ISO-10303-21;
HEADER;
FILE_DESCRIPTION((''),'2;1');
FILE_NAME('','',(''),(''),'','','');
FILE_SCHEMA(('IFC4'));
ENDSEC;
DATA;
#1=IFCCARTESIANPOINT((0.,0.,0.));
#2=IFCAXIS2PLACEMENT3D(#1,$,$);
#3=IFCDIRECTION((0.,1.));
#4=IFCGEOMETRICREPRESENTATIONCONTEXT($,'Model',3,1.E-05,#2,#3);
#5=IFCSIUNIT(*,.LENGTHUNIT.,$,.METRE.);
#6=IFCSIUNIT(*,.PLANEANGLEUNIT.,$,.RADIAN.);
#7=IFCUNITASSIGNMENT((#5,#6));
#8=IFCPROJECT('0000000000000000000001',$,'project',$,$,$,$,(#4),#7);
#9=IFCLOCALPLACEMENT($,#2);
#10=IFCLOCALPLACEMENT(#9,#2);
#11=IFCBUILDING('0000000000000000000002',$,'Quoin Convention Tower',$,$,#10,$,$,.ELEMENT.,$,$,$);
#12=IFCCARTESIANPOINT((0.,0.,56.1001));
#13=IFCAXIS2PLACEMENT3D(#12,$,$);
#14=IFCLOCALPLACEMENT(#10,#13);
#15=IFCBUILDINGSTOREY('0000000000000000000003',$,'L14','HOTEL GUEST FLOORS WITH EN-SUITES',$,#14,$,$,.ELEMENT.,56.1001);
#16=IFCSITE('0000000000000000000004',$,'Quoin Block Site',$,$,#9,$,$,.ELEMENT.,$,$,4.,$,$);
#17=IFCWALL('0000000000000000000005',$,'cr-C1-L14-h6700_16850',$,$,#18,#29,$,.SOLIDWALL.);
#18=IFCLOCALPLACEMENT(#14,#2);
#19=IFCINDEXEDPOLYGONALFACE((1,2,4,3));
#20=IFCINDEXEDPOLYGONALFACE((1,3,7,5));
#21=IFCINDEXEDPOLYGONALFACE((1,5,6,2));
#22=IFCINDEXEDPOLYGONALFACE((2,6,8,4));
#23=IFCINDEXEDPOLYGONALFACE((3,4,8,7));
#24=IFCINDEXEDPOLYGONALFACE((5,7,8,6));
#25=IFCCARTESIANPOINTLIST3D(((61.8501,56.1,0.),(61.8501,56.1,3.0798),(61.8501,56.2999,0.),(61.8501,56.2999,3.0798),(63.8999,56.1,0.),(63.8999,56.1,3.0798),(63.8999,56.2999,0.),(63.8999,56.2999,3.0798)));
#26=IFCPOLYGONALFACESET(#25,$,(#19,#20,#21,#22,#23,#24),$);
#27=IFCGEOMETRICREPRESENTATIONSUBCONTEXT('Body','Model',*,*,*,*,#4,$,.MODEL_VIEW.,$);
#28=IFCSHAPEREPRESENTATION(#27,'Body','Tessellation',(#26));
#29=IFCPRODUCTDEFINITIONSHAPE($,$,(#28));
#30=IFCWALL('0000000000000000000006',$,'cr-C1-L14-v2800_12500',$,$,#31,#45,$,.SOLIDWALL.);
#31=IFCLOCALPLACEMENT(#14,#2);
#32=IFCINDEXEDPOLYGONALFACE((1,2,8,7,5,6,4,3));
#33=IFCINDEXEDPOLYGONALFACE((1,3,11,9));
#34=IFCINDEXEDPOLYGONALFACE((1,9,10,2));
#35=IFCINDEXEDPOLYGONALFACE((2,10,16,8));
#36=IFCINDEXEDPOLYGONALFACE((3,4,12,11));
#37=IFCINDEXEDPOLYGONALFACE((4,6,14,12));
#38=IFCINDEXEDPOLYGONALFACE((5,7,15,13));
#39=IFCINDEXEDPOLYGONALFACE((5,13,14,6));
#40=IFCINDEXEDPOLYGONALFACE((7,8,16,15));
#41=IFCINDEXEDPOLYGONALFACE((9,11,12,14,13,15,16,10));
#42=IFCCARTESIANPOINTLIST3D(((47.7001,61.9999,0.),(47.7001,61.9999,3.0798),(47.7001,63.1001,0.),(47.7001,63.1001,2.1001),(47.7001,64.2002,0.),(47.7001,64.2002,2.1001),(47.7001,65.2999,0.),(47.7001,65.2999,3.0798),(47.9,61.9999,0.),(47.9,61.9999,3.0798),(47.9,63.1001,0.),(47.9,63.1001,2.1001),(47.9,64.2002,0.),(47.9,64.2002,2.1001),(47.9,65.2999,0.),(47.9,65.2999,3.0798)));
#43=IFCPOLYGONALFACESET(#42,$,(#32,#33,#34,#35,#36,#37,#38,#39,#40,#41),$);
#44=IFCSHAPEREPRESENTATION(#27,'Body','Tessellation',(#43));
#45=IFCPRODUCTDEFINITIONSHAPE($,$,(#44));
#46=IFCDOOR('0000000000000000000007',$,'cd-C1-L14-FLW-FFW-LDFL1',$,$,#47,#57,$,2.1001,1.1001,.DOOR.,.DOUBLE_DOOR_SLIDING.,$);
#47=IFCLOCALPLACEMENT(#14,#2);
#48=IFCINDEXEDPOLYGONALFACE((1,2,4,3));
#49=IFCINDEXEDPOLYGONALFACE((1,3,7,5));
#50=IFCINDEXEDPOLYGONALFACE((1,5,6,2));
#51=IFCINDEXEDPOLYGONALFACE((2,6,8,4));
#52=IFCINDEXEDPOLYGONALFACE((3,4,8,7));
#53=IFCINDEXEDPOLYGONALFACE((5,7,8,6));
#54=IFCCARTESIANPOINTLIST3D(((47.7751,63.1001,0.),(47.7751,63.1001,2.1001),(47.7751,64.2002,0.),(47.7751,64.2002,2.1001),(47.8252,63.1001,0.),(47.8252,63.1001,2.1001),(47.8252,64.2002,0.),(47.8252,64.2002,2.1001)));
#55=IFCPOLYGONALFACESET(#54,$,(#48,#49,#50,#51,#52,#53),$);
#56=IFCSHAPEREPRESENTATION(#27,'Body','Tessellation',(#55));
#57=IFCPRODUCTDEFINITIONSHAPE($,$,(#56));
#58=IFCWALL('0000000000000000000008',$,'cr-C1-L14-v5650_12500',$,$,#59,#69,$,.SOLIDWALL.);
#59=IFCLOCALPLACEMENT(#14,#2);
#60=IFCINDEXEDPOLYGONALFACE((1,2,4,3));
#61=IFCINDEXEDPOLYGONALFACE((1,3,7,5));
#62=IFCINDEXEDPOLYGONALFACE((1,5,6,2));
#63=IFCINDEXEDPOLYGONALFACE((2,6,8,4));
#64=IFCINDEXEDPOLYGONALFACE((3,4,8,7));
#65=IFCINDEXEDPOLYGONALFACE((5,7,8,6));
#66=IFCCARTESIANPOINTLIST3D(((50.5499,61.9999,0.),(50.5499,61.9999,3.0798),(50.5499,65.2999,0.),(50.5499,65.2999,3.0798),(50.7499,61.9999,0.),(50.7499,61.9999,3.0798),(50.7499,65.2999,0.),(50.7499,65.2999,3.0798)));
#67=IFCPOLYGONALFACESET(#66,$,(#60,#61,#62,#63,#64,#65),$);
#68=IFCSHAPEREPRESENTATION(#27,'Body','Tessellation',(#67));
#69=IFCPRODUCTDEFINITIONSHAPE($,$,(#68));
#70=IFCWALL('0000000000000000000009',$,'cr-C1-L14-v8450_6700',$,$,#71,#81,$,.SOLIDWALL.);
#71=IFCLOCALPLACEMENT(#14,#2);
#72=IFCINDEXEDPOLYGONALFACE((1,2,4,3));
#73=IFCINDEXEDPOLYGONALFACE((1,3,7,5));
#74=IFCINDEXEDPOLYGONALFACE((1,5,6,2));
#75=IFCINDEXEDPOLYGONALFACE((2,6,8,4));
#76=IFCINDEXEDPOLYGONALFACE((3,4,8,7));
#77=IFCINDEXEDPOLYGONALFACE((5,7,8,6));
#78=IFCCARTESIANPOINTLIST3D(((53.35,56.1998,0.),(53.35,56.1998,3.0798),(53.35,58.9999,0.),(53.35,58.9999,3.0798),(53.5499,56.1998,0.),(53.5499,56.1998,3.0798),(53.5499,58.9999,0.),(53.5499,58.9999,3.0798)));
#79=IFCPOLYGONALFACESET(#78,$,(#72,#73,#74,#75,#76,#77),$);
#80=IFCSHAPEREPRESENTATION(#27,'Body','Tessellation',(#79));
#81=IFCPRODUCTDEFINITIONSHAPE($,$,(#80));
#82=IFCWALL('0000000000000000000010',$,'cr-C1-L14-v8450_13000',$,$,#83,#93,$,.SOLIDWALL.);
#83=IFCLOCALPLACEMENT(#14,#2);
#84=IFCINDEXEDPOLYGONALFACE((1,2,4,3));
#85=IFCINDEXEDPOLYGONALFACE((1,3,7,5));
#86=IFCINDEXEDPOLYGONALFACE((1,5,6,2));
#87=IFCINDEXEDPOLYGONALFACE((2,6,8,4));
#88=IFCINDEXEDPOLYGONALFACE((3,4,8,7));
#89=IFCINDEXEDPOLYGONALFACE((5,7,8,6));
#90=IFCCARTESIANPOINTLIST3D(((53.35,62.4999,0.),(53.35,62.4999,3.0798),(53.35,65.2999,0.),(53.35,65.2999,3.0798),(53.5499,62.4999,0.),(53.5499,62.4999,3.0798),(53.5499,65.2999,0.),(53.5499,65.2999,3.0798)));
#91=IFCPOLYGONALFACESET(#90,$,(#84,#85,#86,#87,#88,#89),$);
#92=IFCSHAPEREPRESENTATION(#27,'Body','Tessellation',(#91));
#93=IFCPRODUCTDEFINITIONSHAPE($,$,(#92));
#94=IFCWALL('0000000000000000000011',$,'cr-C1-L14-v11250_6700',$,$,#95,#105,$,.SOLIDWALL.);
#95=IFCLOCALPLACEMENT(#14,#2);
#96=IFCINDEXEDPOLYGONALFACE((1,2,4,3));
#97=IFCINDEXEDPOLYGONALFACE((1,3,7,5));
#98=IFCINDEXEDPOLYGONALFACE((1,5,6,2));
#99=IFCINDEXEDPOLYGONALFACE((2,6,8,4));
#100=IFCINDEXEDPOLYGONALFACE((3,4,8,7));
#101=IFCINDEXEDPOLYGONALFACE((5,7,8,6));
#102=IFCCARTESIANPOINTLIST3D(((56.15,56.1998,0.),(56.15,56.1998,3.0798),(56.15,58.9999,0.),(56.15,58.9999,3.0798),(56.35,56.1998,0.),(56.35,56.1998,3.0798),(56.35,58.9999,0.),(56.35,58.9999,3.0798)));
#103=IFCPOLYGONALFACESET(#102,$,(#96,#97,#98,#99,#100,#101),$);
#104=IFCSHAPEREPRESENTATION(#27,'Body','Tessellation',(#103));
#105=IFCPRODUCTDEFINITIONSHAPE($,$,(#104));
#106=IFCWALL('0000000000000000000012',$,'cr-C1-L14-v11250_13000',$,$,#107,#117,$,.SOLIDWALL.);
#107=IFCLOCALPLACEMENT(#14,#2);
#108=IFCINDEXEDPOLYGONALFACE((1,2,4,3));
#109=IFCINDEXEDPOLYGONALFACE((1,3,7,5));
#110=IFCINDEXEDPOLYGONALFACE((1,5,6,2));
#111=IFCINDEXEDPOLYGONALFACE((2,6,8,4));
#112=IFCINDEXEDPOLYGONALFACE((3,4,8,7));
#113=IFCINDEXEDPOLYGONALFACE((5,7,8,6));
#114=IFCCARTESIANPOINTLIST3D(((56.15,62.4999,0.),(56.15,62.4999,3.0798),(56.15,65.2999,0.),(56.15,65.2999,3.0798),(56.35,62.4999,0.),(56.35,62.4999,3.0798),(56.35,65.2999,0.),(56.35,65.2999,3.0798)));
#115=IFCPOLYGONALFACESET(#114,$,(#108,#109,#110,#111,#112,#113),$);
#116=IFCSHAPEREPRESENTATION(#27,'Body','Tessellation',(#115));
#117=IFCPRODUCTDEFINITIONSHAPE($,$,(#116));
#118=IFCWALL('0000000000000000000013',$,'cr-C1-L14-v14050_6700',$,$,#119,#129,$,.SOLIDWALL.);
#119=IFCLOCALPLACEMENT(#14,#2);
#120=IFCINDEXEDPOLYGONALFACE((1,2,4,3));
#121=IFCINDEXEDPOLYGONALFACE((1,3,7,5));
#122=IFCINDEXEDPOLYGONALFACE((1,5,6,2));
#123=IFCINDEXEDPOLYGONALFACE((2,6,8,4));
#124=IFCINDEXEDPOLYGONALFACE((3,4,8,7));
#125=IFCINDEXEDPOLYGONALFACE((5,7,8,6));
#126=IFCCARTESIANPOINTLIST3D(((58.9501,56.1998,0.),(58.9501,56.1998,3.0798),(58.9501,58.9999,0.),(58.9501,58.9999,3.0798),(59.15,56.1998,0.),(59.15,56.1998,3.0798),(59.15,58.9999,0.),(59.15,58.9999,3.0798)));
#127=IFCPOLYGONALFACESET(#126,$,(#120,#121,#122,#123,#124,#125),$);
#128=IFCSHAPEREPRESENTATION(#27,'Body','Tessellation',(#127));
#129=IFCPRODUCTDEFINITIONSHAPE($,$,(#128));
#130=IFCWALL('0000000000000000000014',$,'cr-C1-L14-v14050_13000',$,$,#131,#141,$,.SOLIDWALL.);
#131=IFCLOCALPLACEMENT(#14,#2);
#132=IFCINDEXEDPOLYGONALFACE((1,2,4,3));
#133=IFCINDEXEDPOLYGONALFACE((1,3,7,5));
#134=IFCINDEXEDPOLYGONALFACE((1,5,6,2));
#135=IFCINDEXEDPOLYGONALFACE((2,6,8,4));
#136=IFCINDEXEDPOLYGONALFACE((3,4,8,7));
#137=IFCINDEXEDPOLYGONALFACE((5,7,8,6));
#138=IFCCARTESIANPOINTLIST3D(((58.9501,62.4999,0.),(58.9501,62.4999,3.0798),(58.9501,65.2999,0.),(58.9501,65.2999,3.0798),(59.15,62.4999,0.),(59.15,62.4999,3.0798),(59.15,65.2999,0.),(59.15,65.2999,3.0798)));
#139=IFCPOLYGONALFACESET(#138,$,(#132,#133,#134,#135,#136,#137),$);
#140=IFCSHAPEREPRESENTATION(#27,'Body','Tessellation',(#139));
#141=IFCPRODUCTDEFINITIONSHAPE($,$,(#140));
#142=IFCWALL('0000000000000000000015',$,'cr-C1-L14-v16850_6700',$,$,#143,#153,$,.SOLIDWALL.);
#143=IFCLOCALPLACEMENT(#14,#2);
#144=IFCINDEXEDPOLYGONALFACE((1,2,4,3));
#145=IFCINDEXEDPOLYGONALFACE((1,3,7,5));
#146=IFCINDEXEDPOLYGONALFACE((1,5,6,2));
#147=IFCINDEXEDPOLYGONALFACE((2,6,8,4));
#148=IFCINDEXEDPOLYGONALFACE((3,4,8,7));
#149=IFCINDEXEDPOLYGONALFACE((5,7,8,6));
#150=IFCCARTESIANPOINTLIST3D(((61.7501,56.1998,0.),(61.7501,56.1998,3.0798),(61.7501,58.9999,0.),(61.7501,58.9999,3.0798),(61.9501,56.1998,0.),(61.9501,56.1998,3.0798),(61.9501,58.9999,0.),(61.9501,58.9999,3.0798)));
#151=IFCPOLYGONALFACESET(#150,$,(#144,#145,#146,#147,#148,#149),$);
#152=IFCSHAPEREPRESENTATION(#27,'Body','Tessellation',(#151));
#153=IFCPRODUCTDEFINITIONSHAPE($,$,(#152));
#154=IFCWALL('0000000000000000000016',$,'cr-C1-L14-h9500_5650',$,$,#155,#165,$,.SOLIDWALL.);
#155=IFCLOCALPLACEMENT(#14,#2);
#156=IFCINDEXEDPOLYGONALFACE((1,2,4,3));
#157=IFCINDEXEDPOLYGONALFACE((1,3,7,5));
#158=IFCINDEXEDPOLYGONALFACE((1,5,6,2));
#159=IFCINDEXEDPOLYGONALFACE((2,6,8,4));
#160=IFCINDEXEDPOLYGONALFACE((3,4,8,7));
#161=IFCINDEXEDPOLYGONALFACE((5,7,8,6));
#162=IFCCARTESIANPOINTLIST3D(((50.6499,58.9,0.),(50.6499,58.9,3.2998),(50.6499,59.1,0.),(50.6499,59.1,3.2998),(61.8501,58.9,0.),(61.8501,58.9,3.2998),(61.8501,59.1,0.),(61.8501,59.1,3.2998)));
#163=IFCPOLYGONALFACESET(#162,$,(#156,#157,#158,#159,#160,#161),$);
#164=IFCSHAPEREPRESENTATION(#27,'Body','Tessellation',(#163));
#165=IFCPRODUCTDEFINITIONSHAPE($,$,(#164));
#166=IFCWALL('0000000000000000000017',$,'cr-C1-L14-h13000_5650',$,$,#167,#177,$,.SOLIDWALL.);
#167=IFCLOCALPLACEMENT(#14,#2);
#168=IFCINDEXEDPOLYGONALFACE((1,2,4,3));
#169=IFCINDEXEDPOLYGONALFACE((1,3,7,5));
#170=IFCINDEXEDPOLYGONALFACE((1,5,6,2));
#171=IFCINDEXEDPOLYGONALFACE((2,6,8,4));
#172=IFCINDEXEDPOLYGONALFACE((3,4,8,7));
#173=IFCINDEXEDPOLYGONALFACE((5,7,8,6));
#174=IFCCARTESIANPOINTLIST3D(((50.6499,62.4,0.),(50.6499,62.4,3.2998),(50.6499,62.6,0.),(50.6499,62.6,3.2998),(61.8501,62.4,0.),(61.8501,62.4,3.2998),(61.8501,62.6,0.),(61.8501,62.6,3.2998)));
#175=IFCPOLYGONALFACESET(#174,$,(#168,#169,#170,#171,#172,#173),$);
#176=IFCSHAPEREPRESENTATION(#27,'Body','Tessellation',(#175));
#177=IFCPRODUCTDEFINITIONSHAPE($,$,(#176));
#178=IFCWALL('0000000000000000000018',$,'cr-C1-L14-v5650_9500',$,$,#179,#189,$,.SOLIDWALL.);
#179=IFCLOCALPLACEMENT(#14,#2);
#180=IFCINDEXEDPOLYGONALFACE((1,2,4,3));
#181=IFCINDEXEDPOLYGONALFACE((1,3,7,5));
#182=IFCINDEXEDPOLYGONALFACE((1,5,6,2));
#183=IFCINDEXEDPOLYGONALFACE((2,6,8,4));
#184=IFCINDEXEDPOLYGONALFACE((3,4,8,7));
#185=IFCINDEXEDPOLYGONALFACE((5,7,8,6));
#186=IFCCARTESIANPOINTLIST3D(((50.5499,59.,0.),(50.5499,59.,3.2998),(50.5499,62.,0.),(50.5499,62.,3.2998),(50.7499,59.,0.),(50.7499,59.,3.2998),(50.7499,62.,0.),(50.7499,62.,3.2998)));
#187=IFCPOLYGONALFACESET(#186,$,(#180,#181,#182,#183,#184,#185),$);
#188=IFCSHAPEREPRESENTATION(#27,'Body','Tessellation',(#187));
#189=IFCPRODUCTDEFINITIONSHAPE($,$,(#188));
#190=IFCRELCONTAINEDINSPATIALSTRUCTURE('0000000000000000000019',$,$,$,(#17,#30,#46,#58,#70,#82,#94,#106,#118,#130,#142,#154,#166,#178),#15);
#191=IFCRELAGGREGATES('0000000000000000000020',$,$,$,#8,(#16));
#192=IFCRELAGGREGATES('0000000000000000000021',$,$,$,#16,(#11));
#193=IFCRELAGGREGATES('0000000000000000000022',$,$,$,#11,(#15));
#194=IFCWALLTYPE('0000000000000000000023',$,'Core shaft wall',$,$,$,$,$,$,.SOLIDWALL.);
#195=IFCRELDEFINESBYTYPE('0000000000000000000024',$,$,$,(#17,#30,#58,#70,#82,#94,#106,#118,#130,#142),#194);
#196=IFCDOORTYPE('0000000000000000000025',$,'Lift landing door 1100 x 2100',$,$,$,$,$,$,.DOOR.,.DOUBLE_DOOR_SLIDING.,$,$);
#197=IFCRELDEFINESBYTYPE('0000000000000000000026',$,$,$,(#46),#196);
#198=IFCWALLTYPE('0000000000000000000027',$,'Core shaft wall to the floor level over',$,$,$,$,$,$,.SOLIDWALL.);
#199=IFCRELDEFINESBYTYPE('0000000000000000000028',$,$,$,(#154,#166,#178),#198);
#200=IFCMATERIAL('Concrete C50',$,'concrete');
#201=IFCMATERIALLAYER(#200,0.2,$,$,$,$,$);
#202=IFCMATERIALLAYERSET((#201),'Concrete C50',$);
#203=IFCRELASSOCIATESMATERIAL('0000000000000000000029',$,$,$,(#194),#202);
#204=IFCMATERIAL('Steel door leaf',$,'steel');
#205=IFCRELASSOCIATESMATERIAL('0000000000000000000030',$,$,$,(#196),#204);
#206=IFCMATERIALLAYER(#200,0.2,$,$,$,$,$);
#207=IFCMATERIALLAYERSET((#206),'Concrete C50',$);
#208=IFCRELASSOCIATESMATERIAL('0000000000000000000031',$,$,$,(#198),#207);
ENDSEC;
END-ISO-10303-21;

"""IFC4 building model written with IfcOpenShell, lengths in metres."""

from ifc_helpers import new_model, si_unit, direction, frame, frame_2d, origin, place, context, subcontext, project, spatial, rectangle, extrude, material, layer, layer_set, type_object, element, fill, save


model = new_model("IFC4")

# Units and contexts
model_context = context("Model", 3, precision=1e-05, world=origin(), true_north=direction((0.0, 1.0)))
body_context = subcontext(model_context, "Body", "Model", "MODEL_VIEW")
ifc_project = project(units=[si_unit("LENGTHUNIT", "METRE"), si_unit("PLANEANGLEUNIT", "RADIAN")], contexts=[model_context])

# Site, building, storey
site_placement = place(None, origin())
site = spatial("IfcSite", under=ifc_project, at=site_placement, Name="Quoin Block Site", CompositionType="ELEMENT", RefElevation=4.0)
building_placement = place(site_placement, origin())
building = spatial("IfcBuilding", under=site, at=building_placement, Name="Quoin Convention Tower", CompositionType="ELEMENT")
storey_placement = place(building_placement, frame((0.0, 0.0, 56.1001)))
storey = spatial("IfcBuildingStorey", under=building, at=storey_placement, Name="L14", Description="HOTEL GUEST FLOORS WITH EN-SUITES", CompositionType="ELEMENT", Elevation=56.1001)

# Wall
ifc_material_1 = material(Name="Concrete C50", Category="concrete")
ifc_layer_1 = layer(ifc_material_1, 0.2)
ifc_layer_set_1 = layer_set([ifc_layer_1], Name="Concrete C50")
wall_type_1 = type_object("IfcWallType", Name="Core shaft wall", PredefinedType="SOLIDWALL", material=ifc_layer_set_1)
wall_1_placement = place(storey_placement, frame((61.8501, 56.2, 0.0), z_axis=(0.0, 0.0, 1.0), x_axis=(1.0, 0.0, 0.0)))
element("IfcWall", 1, at=wall_1_placement, inside=storey, type_object=wall_type_1, Name="cr-C1-L14-h6700_16850", PredefinedType="SOLIDWALL", context=body_context, shape_type="SweptSolid", body=[
    extrude(rectangle(XDim=2.0498, YDim=0.2, at=frame_2d((1.0249, 0.0))), origin(), (0.0, 0.0, 1.0), 3.0798),
])

# Wall, opening, door
wall_2_placement = place(storey_placement, frame((47.8, 62.0, 0.0), z_axis=(0.0, 0.0, 1.0), x_axis=(0.0, 1.0, 0.0)))
wall_2 = element("IfcWall", 2, at=wall_2_placement, inside=storey, type_object=wall_type_1, Name="cr-C1-L14-v2800_12500", PredefinedType="SOLIDWALL", context=body_context, shape_type="SweptSolid", body=[
    extrude(rectangle(XDim=3.3, YDim=0.2, at=frame_2d((1.6499, 0.0))), origin(), (0.0, 0.0, 1.0), 3.0798),
])
opening_placement = place(wall_2_placement, frame((1.1001, 0.0, 0.0)))
opening = element("IfcOpeningElement", 3, at=opening_placement, cuts=wall_2, PredefinedType="OPENING", context=body_context, shape_type="SweptSolid", body=[
    extrude(rectangle(XDim=1.1001, YDim=2.1001, at=frame_2d((0.55, 1.05))), frame((0.0, 0.1099, 0.0), z_axis=(0.0, -1.0, 0.0), x_axis=(1.0, 0.0, 0.0)), (0.0, 0.0, 1.0), 0.22),
])
ifc_material_2 = material(Name="Steel door leaf", Category="steel")
door_type = type_object("IfcDoorType", Name="Lift landing door 1100 x 2100", OperationType="DOUBLE_DOOR_SLIDING", PredefinedType="DOOR", material=ifc_material_2)
door_placement = place(opening_placement, origin())
door = element("IfcDoor", 4, at=door_placement, inside=storey, type_object=door_type, Name="cd-C1-L14-FLW-FFW-LDFL1", OperationType="DOUBLE_DOOR_SLIDING", OverallHeight=2.1001, OverallWidth=1.1001, PredefinedType="DOOR", context=body_context, shape_type="SweptSolid", body=[
    extrude(rectangle(XDim=1.1001, YDim=2.1001, at=frame_2d((0.55, 1.05))), frame((0.0, 0.0249, 0.0), z_axis=(0.0, -1.0, 0.0), x_axis=(1.0, 0.0, 0.0)), (0.0, 0.0, 1.0), 0.05),
])
fill(opening, door)

# Walls
wall_3_placement = place(storey_placement, frame((50.6499, 62.0, 0.0), z_axis=(0.0, 0.0, 1.0), x_axis=(0.0, 1.0, 0.0)))
element("IfcWall", 5, at=wall_3_placement, inside=storey, type_object=wall_type_1, Name="cr-C1-L14-v5650_12500", PredefinedType="SOLIDWALL", context=body_context, shape_type="SweptSolid", body=[
    extrude(rectangle(XDim=3.3, YDim=0.2, at=frame_2d((1.6499, 0.0))), origin(), (0.0, 0.0, 1.0), 3.0798),
])
for number, where, z_axis, x_axis, name in (
    (6, (53.45, 56.2, 0.0), (0.0, 0.0, 1.0), (0.0, 1.0, 0.0), "cr-C1-L14-v8450_6700"),
    (7, (53.45, 62.5, 0.0), (0.0, 0.0, 1.0), (0.0, 1.0, 0.0), "cr-C1-L14-v8450_13000"),
    (8, (56.25, 56.2, 0.0), (0.0, 0.0, 1.0), (0.0, 1.0, 0.0), "cr-C1-L14-v11250_6700"),
    (9, (56.25, 62.5, 0.0), (0.0, 0.0, 1.0), (0.0, 1.0, 0.0), "cr-C1-L14-v11250_13000"),
    (10, (59.05, 56.2, 0.0), (0.0, 0.0, 1.0), (0.0, 1.0, 0.0), "cr-C1-L14-v14050_6700"),
    (11, (59.05, 62.5, 0.0), (0.0, 0.0, 1.0), (0.0, 1.0, 0.0), "cr-C1-L14-v14050_13000"),
    (12, (61.8501, 56.2, 0.0), (0.0, 0.0, 1.0), (0.0, 1.0, 0.0), "cr-C1-L14-v16850_6700"),
):
    element("IfcWall", number, at=place(storey_placement, frame(where, z_axis=z_axis, x_axis=x_axis)), inside=storey, type_object=wall_type_1, Name=name, PredefinedType="SOLIDWALL", context=body_context, shape_type="SweptSolid", body=[
        extrude(rectangle(XDim=2.8, YDim=0.2, at=frame_2d((1.3999, 0.0))), origin(), (0.0, 0.0, 1.0), 3.0798),
    ])
ifc_layer_2 = layer(ifc_material_1, 0.2)
ifc_layer_set_2 = layer_set([ifc_layer_2], Name="Concrete C50")
wall_type_2 = type_object("IfcWallType", Name="Core shaft wall to the floor level over", PredefinedType="SOLIDWALL", material=ifc_layer_set_2)
for number, where, z_axis, x_axis, name in (
    (13, (50.6499, 59.0, 0.0), (0.0, 0.0, 1.0), (1.0, 0.0, 0.0), "cr-C1-L14-h9500_5650"),
    (14, (50.6499, 62.5, 0.0), (0.0, 0.0, 1.0), (1.0, 0.0, 0.0), "cr-C1-L14-h13000_5650"),
):
    element("IfcWall", number, at=place(storey_placement, frame(where, z_axis=z_axis, x_axis=x_axis)), inside=storey, type_object=wall_type_2, Name=name, PredefinedType="SOLIDWALL", context=body_context, shape_type="SweptSolid", body=[
        extrude(rectangle(XDim=11.2002, YDim=0.2, at=frame_2d((5.6001, 0.0))), origin(), (0.0, 0.0, 1.0), 3.2998),
    ])
wall_4_placement = place(storey_placement, frame((50.6499, 59.0, 0.0), z_axis=(0.0, 0.0, 1.0), x_axis=(0.0, 1.0, 0.0)))
element("IfcWall", 15, at=wall_4_placement, inside=storey, type_object=wall_type_2, Name="cr-C1-L14-v5650_9500", PredefinedType="SOLIDWALL", context=body_context, shape_type="SweptSolid", body=[
    extrude(rectangle(XDim=3.0, YDim=0.2, at=frame_2d((1.5, 0.0))), origin(), (0.0, 0.0, 1.0), 3.2998),
])

save(model, "model.ifc")
